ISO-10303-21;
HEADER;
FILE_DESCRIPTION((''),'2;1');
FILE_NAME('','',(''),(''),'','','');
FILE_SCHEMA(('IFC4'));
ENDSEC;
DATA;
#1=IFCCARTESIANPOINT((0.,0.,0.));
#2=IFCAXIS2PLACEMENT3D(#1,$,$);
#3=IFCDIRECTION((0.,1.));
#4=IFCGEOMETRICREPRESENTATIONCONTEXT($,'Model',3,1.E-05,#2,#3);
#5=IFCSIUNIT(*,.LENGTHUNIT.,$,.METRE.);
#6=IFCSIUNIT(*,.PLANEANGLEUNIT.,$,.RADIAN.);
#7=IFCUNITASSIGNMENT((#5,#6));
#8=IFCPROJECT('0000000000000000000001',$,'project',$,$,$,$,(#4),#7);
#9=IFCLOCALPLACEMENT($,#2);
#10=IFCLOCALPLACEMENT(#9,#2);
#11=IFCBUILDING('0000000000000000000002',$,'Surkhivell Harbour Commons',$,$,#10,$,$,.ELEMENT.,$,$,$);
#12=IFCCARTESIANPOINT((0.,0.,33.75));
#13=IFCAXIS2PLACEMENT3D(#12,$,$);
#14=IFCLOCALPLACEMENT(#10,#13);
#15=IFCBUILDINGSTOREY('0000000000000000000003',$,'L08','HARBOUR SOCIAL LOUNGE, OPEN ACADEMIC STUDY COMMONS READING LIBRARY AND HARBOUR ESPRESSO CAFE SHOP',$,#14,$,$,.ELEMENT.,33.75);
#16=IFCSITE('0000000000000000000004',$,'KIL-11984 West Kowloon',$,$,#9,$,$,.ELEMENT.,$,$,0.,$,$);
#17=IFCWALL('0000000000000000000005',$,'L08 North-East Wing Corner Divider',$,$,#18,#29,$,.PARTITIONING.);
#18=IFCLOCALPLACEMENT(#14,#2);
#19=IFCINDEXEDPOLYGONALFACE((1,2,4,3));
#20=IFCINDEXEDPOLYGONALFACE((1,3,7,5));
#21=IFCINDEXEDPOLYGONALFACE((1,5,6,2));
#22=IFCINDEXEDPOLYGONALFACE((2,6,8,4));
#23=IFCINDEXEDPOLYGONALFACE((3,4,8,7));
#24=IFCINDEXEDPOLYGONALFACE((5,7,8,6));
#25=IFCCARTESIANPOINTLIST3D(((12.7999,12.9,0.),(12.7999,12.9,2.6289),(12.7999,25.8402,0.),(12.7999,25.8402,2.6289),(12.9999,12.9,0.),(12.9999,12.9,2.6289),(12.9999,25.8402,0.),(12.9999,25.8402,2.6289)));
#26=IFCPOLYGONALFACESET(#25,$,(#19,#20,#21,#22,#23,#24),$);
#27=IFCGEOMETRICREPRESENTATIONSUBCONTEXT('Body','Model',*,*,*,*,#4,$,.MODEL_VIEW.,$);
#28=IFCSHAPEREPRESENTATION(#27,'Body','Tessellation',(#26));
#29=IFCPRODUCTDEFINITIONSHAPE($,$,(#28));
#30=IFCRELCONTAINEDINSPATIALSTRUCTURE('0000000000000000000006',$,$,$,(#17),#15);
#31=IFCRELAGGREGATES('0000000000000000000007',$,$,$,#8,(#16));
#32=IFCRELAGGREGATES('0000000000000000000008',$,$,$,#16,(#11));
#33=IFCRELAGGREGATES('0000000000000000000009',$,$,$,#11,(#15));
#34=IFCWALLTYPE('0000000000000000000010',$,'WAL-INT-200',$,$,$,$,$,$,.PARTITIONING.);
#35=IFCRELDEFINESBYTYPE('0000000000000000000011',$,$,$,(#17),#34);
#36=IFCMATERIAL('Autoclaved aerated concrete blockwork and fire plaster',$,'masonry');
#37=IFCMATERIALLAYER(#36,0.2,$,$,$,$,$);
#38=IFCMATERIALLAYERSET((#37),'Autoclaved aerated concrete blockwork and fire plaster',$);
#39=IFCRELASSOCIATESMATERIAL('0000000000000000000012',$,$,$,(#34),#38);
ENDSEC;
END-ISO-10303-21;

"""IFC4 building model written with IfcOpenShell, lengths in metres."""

from ifc_helpers import new_model, si_unit, direction, frame, frame_2d, origin, place, context, subcontext, project, spatial, rectangle, extrude, material, layer, layer_set, type_object, element, save


model = new_model("IFC4")

# Units and contexts
model_context = context("Model", 3, precision=1e-05, world=origin(), true_north=direction((0.0, 1.0)))
body_context = subcontext(model_context, "Body", "Model", "MODEL_VIEW")
ifc_project = project(units=[si_unit("LENGTHUNIT", "METRE"), si_unit("PLANEANGLEUNIT", "RADIAN")], contexts=[model_context])

# Site, building, storey
site_placement = place(None, origin())
site = spatial("IfcSite", under=ifc_project, at=site_placement, Name="KIL-11984 West Kowloon", CompositionType="ELEMENT", RefElevation=0.0)
building_placement = place(site_placement, origin())
building = spatial("IfcBuilding", under=site, at=building_placement, Name="Surkhivell Harbour Commons", CompositionType="ELEMENT")
storey_placement = place(building_placement, frame((0.0, 0.0, 33.75)))
storey = spatial("IfcBuildingStorey", under=building, at=storey_placement, Name="L08", Description="HARBOUR SOCIAL LOUNGE, OPEN ACADEMIC STUDY COMMONS READING LIBRARY AND HARBOUR ESPRESSO CAFE SHOP", CompositionType="ELEMENT", Elevation=33.75)

# Wall
ifc_material_1 = material(Name="Autoclaved aerated concrete blockwork and fire plaster", Category="masonry")
ifc_layer_1 = layer(ifc_material_1, 0.2)
ifc_layer_set_1 = layer_set([ifc_layer_1], Name="Autoclaved aerated concrete blockwork and fire plaster")
wall_type = type_object("IfcWallType", Name="WAL-INT-200", PredefinedType="PARTITIONING", material=ifc_layer_set_1)
wall_placement = place(storey_placement, frame((12.8999, 12.8999, 0.0), z_axis=(0.0, 0.0, 1.0), x_axis=(0.0, 1.0, 0.0)))
element("IfcWall", 1, at=wall_placement, inside=storey, type_object=wall_type, Name="L08 North-East Wing Corner Divider", PredefinedType="PARTITIONING", context=body_context, shape_type="SweptSolid", body=[
    extrude(rectangle(XDim=12.9402, YDim=0.2, at=frame_2d((6.4702, 0.0))), origin(), (0.0, 0.0, 1.0), 2.6289),
])

save(model, "model.ifc")
